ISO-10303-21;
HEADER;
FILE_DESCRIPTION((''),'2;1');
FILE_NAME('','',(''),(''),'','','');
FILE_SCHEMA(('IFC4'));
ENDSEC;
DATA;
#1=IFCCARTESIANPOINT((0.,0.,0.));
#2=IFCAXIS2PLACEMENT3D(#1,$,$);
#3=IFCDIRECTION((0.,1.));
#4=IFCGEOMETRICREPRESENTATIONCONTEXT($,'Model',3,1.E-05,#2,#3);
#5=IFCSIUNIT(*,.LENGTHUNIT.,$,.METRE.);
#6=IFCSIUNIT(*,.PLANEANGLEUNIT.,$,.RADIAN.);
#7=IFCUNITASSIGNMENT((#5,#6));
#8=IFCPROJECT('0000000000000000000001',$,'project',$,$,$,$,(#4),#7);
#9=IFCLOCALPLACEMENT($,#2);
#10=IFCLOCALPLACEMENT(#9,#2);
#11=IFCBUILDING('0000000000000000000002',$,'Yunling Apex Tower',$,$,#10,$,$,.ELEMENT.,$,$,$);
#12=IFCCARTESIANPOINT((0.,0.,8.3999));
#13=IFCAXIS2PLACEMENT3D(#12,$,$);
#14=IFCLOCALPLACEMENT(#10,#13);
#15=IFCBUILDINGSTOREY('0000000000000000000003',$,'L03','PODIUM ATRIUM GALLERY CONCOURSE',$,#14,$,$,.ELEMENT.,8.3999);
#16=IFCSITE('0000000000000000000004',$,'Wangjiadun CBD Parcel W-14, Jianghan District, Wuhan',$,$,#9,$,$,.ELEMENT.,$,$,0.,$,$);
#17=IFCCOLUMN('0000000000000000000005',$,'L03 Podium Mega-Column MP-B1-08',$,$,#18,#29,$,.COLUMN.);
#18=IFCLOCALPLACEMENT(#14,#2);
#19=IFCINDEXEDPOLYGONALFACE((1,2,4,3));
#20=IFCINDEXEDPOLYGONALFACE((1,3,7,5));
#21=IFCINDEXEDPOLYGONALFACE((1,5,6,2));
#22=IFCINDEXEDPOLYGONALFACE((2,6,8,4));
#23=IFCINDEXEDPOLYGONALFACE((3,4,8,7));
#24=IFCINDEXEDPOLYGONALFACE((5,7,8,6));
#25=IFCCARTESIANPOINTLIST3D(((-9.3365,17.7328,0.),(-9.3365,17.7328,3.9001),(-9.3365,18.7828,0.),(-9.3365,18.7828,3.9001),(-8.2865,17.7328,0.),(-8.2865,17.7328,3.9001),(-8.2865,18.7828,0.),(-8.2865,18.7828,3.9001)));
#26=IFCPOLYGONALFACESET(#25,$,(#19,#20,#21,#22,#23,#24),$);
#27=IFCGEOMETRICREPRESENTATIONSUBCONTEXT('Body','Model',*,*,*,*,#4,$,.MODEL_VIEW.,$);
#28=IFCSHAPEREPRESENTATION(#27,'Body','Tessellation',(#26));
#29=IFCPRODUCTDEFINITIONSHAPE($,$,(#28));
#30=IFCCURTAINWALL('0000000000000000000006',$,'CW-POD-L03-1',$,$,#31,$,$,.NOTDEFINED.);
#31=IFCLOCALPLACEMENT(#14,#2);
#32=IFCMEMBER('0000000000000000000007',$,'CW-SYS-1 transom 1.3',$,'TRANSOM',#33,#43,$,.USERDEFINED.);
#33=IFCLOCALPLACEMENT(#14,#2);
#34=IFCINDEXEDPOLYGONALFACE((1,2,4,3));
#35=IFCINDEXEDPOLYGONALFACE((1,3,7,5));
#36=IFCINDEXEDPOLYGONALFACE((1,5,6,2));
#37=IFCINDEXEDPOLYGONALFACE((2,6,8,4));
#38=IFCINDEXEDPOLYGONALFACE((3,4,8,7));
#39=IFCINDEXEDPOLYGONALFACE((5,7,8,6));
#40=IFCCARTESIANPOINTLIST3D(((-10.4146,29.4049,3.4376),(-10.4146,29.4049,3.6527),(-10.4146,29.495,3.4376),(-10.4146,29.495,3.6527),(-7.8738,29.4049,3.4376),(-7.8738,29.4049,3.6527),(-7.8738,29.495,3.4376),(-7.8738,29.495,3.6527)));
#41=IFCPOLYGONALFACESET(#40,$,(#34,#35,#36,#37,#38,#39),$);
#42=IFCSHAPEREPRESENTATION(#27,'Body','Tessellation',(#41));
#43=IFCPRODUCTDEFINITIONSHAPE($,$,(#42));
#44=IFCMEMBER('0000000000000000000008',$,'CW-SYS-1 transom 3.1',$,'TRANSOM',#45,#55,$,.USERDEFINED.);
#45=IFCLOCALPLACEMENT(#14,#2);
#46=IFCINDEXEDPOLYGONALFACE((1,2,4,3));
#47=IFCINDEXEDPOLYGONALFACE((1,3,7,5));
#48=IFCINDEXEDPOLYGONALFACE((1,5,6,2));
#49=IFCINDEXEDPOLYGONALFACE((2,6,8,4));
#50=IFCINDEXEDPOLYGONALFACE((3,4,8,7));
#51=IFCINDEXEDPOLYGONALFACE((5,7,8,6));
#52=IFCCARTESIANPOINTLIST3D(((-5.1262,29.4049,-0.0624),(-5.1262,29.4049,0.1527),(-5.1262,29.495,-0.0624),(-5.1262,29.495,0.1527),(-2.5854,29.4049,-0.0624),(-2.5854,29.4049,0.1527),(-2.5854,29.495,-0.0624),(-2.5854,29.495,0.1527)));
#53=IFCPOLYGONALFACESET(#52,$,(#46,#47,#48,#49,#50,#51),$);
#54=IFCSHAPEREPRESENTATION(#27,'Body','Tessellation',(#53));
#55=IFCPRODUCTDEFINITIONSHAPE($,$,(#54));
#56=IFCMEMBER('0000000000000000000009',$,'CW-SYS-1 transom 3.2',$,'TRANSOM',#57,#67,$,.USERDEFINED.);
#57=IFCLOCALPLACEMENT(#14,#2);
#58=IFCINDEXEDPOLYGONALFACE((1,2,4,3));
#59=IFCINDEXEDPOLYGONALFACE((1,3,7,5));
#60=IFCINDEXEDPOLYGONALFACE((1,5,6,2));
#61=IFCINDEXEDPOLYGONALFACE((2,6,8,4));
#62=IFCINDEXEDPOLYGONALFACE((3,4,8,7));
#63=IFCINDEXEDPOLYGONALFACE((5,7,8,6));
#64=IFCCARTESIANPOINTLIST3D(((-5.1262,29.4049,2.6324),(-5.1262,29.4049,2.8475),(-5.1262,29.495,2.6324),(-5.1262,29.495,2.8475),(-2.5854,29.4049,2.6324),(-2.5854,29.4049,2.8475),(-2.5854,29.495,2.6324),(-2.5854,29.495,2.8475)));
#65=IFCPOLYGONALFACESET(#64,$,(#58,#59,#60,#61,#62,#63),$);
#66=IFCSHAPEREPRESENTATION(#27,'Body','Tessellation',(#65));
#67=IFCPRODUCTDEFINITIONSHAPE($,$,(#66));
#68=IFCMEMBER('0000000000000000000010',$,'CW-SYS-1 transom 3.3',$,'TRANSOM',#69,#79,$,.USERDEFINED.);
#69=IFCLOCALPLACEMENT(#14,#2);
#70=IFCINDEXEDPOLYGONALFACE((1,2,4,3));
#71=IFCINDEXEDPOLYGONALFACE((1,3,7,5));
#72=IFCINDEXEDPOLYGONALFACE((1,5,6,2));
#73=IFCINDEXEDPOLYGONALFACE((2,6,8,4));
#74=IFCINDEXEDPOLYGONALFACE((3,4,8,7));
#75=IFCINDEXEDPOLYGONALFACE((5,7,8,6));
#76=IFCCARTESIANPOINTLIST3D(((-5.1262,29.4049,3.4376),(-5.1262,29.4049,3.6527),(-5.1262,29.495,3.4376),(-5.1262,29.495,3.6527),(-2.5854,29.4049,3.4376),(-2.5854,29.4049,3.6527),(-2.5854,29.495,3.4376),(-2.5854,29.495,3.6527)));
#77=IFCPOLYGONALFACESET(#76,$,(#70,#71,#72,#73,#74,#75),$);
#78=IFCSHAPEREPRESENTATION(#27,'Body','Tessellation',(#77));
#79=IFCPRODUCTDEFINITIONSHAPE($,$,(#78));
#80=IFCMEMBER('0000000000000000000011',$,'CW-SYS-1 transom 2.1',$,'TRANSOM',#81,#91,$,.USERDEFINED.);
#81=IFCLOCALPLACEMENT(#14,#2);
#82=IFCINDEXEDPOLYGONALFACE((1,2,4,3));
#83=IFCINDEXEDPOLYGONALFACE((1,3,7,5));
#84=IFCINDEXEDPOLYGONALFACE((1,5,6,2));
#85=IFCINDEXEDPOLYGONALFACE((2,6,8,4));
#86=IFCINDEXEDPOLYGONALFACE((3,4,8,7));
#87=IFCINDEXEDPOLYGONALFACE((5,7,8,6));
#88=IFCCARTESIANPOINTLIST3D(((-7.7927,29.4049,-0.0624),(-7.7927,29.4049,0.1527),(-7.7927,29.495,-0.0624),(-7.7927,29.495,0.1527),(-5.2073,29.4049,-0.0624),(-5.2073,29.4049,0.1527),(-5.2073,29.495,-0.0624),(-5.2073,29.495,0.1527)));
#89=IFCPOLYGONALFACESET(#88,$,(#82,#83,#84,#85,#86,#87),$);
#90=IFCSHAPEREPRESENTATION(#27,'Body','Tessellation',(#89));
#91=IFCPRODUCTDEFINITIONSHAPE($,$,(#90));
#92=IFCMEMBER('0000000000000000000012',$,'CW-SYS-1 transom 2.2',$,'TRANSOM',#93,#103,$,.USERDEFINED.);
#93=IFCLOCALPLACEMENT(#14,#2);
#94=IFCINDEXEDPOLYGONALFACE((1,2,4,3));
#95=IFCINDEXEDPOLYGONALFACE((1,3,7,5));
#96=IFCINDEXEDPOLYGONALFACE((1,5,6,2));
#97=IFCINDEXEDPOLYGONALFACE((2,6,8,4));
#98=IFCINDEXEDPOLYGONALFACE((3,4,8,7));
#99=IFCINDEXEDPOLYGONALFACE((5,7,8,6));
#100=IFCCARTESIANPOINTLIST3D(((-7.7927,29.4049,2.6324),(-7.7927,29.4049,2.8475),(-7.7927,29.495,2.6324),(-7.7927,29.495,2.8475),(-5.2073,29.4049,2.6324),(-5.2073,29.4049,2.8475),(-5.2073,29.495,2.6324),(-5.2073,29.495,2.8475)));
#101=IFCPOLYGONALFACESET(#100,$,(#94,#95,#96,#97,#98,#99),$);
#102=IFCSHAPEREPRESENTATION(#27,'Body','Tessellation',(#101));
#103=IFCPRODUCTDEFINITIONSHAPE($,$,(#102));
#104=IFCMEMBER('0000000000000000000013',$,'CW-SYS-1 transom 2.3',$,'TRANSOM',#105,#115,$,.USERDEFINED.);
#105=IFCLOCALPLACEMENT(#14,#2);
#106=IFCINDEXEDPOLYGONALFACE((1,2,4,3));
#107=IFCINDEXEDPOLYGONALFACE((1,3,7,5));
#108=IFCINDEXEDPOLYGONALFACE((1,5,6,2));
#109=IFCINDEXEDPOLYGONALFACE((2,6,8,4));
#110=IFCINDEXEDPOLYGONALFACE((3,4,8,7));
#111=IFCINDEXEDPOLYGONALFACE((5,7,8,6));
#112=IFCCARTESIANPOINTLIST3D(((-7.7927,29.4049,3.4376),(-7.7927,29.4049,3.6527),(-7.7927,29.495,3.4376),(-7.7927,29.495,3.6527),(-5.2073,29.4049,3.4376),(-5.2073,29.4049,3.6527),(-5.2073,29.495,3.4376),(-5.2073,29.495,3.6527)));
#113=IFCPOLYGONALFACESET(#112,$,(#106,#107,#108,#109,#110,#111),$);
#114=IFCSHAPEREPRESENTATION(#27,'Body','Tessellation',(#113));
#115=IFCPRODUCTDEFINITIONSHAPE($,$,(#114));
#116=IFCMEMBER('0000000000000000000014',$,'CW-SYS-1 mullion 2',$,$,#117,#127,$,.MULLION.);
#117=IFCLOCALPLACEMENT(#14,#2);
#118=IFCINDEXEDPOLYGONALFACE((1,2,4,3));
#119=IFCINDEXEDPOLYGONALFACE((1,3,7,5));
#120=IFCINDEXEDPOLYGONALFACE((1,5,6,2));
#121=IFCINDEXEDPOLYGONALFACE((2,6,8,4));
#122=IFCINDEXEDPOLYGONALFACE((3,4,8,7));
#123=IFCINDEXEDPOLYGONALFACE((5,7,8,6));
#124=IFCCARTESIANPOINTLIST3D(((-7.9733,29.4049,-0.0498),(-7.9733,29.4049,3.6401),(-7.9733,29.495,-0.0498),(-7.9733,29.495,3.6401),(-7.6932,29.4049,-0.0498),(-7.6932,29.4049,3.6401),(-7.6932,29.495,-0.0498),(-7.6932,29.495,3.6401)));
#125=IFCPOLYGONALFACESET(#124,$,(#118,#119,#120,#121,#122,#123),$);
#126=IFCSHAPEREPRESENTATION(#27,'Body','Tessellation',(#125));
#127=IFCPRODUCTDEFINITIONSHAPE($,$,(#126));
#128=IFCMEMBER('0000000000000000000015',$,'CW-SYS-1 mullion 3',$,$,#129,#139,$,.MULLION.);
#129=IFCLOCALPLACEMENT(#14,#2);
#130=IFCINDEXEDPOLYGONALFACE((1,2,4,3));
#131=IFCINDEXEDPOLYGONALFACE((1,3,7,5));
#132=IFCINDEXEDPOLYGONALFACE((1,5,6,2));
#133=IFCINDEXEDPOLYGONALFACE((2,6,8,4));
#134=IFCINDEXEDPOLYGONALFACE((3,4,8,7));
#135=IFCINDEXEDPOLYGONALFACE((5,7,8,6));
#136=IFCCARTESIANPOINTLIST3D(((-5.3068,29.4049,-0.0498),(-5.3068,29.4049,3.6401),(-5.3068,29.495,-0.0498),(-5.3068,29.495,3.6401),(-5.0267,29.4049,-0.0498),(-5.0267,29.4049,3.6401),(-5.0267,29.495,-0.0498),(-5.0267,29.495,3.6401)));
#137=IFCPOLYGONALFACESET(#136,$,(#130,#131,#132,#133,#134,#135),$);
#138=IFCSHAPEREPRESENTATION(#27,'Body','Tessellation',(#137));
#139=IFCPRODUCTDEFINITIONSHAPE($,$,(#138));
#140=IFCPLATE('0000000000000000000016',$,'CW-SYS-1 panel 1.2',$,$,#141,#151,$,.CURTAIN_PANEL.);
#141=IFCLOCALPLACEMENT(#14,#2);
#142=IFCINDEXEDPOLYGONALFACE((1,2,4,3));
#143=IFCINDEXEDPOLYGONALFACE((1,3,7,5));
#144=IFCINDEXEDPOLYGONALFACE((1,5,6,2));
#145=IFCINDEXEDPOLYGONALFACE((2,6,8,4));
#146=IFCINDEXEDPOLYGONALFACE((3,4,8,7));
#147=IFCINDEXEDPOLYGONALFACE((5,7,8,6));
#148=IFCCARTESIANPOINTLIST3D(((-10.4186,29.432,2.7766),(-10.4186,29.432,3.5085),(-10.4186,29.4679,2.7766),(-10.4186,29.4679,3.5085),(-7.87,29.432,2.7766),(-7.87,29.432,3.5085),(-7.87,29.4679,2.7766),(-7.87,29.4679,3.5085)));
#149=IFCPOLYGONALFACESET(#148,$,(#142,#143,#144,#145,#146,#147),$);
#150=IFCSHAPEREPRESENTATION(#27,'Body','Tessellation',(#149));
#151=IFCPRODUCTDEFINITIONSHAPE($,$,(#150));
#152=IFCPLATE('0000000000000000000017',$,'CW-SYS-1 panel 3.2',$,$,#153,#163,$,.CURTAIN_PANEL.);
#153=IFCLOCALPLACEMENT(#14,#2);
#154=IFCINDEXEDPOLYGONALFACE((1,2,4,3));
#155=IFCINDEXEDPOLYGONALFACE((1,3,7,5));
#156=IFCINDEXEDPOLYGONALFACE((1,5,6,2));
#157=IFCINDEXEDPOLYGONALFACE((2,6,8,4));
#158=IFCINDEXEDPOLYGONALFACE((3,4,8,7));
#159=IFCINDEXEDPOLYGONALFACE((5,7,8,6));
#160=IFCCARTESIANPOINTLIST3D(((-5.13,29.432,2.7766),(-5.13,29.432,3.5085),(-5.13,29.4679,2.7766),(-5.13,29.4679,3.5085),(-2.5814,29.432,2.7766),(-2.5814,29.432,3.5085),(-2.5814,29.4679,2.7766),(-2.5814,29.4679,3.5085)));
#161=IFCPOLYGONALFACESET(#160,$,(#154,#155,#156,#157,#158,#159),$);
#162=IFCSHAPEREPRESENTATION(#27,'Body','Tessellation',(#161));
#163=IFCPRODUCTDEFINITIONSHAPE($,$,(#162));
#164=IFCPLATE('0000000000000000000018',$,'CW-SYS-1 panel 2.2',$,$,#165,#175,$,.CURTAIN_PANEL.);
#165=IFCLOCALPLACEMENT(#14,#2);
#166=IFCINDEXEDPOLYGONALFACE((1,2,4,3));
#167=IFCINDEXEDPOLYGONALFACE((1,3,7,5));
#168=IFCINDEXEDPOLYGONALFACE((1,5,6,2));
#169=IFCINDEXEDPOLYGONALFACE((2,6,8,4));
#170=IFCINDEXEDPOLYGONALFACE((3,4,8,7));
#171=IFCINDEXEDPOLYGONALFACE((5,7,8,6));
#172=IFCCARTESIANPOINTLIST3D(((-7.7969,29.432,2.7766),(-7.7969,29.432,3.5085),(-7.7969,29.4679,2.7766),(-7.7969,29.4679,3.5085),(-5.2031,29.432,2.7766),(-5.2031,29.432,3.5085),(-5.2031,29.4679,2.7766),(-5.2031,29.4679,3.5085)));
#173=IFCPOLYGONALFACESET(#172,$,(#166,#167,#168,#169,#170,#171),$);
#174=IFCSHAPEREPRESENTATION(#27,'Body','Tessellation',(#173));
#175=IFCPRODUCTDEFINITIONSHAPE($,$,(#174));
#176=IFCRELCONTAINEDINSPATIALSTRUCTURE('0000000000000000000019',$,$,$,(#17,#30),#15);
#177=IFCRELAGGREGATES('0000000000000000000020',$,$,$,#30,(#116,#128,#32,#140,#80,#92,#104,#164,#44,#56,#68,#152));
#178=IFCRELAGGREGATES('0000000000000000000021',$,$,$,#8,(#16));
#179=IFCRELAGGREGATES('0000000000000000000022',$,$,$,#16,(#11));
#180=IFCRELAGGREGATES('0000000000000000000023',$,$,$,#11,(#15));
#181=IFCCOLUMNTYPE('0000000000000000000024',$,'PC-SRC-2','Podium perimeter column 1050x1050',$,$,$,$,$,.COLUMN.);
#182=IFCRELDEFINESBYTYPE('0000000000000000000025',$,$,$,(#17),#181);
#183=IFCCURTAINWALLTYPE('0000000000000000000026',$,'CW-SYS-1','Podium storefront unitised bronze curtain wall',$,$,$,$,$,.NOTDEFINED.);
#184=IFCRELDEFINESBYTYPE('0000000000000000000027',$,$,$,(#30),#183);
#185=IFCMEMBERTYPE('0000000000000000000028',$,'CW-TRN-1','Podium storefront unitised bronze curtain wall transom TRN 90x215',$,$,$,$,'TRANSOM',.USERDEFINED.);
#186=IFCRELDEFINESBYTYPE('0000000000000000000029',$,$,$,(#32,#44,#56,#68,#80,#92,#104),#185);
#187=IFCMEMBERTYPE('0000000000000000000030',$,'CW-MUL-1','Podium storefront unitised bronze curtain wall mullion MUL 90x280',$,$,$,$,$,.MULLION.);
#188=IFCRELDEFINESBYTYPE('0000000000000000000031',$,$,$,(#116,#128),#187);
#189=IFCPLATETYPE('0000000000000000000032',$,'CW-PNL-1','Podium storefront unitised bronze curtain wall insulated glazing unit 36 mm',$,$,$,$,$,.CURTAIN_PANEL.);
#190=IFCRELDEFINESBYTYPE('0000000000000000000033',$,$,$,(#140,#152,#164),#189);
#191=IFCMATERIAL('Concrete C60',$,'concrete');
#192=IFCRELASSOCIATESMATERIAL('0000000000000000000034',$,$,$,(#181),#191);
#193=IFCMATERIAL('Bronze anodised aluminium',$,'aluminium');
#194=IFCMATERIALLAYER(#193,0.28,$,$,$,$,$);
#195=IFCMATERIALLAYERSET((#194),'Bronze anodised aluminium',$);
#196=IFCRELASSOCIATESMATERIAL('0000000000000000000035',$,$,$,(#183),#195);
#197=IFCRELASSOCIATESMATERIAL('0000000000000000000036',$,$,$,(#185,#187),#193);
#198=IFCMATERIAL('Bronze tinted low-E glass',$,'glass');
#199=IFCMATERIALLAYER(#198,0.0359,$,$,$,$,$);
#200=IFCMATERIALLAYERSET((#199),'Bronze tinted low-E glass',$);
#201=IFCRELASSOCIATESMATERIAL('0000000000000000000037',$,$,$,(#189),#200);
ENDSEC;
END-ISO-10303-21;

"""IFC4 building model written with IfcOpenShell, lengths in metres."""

from ifc_helpers import new_model, si_unit, direction, frame, origin, origin_2d, place, context, subcontext, project, spatial, rectangle, extrude, source, transform, mapped, material, layer, layer_set, material_profile, profile_set, type_object, element, aggregate, save


model = new_model("IFC4")

# Units and contexts
model_context = context("Model", 3, precision=1e-05, world=origin(), true_north=direction((0.0, 1.0)))
body_context = subcontext(model_context, "Body", "Model", "MODEL_VIEW")
ifc_project = project(units=[si_unit("LENGTHUNIT", "METRE"), si_unit("PLANEANGLEUNIT", "RADIAN")], contexts=[model_context])

# Site, building, storey
site_placement = place(None, origin())
site = spatial("IfcSite", under=ifc_project, at=site_placement, Name="Wangjiadun CBD Parcel W-14, Jianghan District, Wuhan", CompositionType="ELEMENT", RefElevation=0.0)
building_placement = place(site_placement, origin())
building = spatial("IfcBuilding", under=site, at=building_placement, Name="Yunling Apex Tower", CompositionType="ELEMENT")
storey_placement = place(building_placement, frame((0.0, 0.0, 8.3999)))
storey = spatial("IfcBuildingStorey", under=building, at=storey_placement, Name="L03", Description="PODIUM ATRIUM GALLERY CONCOURSE", CompositionType="ELEMENT", Elevation=8.3999)

# Column
ifc_material_1 = material(Name="Concrete C60", Category="concrete")
ifc_material_profile_1 = material_profile(ifc_material_1, rectangle(XDim=1.05, YDim=1.05, at=origin_2d()))
ifc_profile_set_1 = profile_set([ifc_material_profile_1], Name="Concrete C60")
column_type = type_object("IfcColumnType", Name="PC-SRC-2", Description="Podium perimeter column 1050x1050", PredefinedType="COLUMN", material=ifc_profile_set_1)
shared_shape_1 = source(origin(), body_context, "Body", "SweptSolid", [
    extrude(rectangle(XDim=1.05, YDim=1.05, at=origin_2d()), origin(), (0.0, 0.0, 1.0), 3.9001),
])
column_placement = place(storey_placement, frame((-8.8115, 18.2578, 0.0), z_axis=(0.0, 0.0, 1.0), x_axis=(1.0, 0.0, 0.0)))
element("IfcColumn", 1, at=column_placement, inside=storey, type_object=column_type, Name="L03 Podium Mega-Column MP-B1-08", PredefinedType="COLUMN", context=body_context, shape_type="MappedRepresentation", body=[
    mapped(shared_shape_1, transform((0.0, 0.0, 0.0), scale=1.0)),
])

# Curtain wall, members, plates
ifc_material_2 = material(Name="Bronze anodised aluminium", Category="aluminium")
ifc_layer_1 = layer(ifc_material_2, 0.28)
ifc_layer_set_1 = layer_set([ifc_layer_1], Name="Bronze anodised aluminium")
curtain_wall_type = type_object("IfcCurtainWallType", Name="CW-SYS-1", Description="Podium storefront unitised bronze curtain wall", PredefinedType="NOTDEFINED", material=ifc_layer_set_1)
curtain_wall_placement = place(storey_placement, origin())
curtain_wall = element("IfcCurtainWall", 2, at=curtain_wall_placement, inside=storey, type_object=curtain_wall_type, Name="CW-POD-L03-1", PredefinedType="NOTDEFINED")
ifc_material_profile_2 = material_profile(ifc_material_2, rectangle(XDim=0.0901, YDim=0.2151, at=origin_2d()))
ifc_profile_set_2 = profile_set([ifc_material_profile_2], Name="Bronze anodised aluminium")
member_type_1 = type_object("IfcMemberType", Name="CW-TRN-1", Description="Podium storefront unitised bronze curtain wall transom TRN 90x215", ElementType="TRANSOM", PredefinedType="USERDEFINED", material=ifc_profile_set_2)
shared_shape_2 = source(origin(), body_context, "Body", "SweptSolid", [
    extrude(rectangle(XDim=0.0901, YDim=0.2151, at=origin_2d()), origin(), (0.0, 0.0, 1.0), 2.5408),
])
member_1_placement = place(storey_placement, frame((-10.4146, 29.45, 3.5452), z_axis=(1.0, 0.0, 0.0), x_axis=(0.0, 1.0, 0.0)))
member_1 = element("IfcMember", 3, at=member_1_placement, type_object=member_type_1, Name="CW-SYS-1 transom 1.3", ObjectType="TRANSOM", PredefinedType="USERDEFINED", context=body_context, shape_type="MappedRepresentation", body=[
    mapped(shared_shape_2, transform((0.0, 0.0, 0.0), scale=1.0)),
])
member_2_placement = place(storey_placement, frame((-5.1262, 29.45, 0.0452), z_axis=(1.0, 0.0, 0.0), x_axis=(0.0, 1.0, 0.0)))
member_2 = element("IfcMember", 4, at=member_2_placement, type_object=member_type_1, Name="CW-SYS-1 transom 3.1", ObjectType="TRANSOM", PredefinedType="USERDEFINED", context=body_context, shape_type="MappedRepresentation", body=[
    mapped(shared_shape_2, transform((0.0, 0.0, 0.0), scale=1.0)),
])
member_3_placement = place(storey_placement, frame((-5.1262, 29.45, 2.74), z_axis=(1.0, 0.0, 0.0), x_axis=(0.0, 1.0, 0.0)))
member_3 = element("IfcMember", 5, at=member_3_placement, type_object=member_type_1, Name="CW-SYS-1 transom 3.2", ObjectType="TRANSOM", PredefinedType="USERDEFINED", context=body_context, shape_type="MappedRepresentation", body=[
    mapped(shared_shape_2, transform((0.0, 0.0, 0.0), scale=1.0)),
])
member_4_placement = place(storey_placement, frame((-5.1262, 29.45, 3.5452), z_axis=(1.0, 0.0, 0.0), x_axis=(0.0, 1.0, 0.0)))
member_4 = element("IfcMember", 6, at=member_4_placement, type_object=member_type_1, Name="CW-SYS-1 transom 3.3", ObjectType="TRANSOM", PredefinedType="USERDEFINED", context=body_context, shape_type="MappedRepresentation", body=[
    mapped(shared_shape_2, transform((0.0, 0.0, 0.0), scale=1.0)),
])
shared_shape_3 = source(origin(), body_context, "Body", "SweptSolid", [
    extrude(rectangle(XDim=0.0901, YDim=0.2151, at=origin_2d()), origin(), (0.0, 0.0, 1.0), 2.5854),
])
member_5_placement = place(storey_placement, frame((-7.7927, 29.45, 0.0452), z_axis=(1.0, 0.0, 0.0), x_axis=(0.0, 1.0, 0.0)))
member_5 = element("IfcMember", 7, at=member_5_placement, type_object=member_type_1, Name="CW-SYS-1 transom 2.1", ObjectType="TRANSOM", PredefinedType="USERDEFINED", context=body_context, shape_type="MappedRepresentation", body=[
    mapped(shared_shape_3, transform((0.0, 0.0, 0.0), scale=1.0)),
])
member_6_placement = place(storey_placement, frame((-7.7927, 29.45, 2.74), z_axis=(1.0, 0.0, 0.0), x_axis=(0.0, 1.0, 0.0)))
member_6 = element("IfcMember", 8, at=member_6_placement, type_object=member_type_1, Name="CW-SYS-1 transom 2.2", ObjectType="TRANSOM", PredefinedType="USERDEFINED", context=body_context, shape_type="MappedRepresentation", body=[
    mapped(shared_shape_3, transform((0.0, 0.0, 0.0), scale=1.0)),
])
member_7_placement = place(storey_placement, frame((-7.7927, 29.45, 3.5452), z_axis=(1.0, 0.0, 0.0), x_axis=(0.0, 1.0, 0.0)))
member_7 = element("IfcMember", 9, at=member_7_placement, type_object=member_type_1, Name="CW-SYS-1 transom 2.3", ObjectType="TRANSOM", PredefinedType="USERDEFINED", context=body_context, shape_type="MappedRepresentation", body=[
    mapped(shared_shape_3, transform((0.0, 0.0, 0.0), scale=1.0)),
])
ifc_material_profile_3 = material_profile(ifc_material_2, rectangle(XDim=0.0901, YDim=0.28, at=origin_2d()))
ifc_profile_set_3 = profile_set([ifc_material_profile_3], Name="Bronze anodised aluminium")
member_type_2 = type_object("IfcMemberType", Name="CW-MUL-1", Description="Podium storefront unitised bronze curtain wall mullion MUL 90x280", PredefinedType="MULLION", material=ifc_profile_set_3)
shared_shape_4 = source(origin(), body_context, "Body", "SweptSolid", [
    extrude(rectangle(XDim=0.0901, YDim=0.28, at=origin_2d()), origin(), (0.0, 0.0, 1.0), 3.6899),
])
member_8_placement = place(storey_placement, frame((-7.8333, 29.45, -0.0498), z_axis=(0.0, 0.0, 1.0), x_axis=(0.0, 1.0, 0.0)))
member_8 = element("IfcMember", 10, at=member_8_placement, type_object=member_type_2, Name="CW-SYS-1 mullion 2", PredefinedType="MULLION", context=body_context, shape_type="MappedRepresentation", body=[
    mapped(shared_shape_4, transform((0.0, 0.0, 0.0), scale=1.0)),
])
member_9_placement = place(storey_placement, frame((-5.1667, 29.45, -0.0498), z_axis=(0.0, 0.0, 1.0), x_axis=(0.0, 1.0, 0.0)))
member_9 = element("IfcMember", 11, at=member_9_placement, type_object=member_type_2, Name="CW-SYS-1 mullion 3", PredefinedType="MULLION", context=body_context, shape_type="MappedRepresentation", body=[
    mapped(shared_shape_4, transform((0.0, 0.0, 0.0), scale=1.0)),
])
ifc_material_3 = material(Name="Bronze tinted low-E glass", Category="glass")
ifc_layer_2 = layer(ifc_material_3, 0.0359)
ifc_layer_set_2 = layer_set([ifc_layer_2], Name="Bronze tinted low-E glass")
plate_type = type_object("IfcPlateType", Name="CW-PNL-1", Description="Podium storefront unitised bronze curtain wall insulated glazing unit 36 mm", PredefinedType="CURTAIN_PANEL", material=ifc_layer_set_2)
shared_shape_5 = source(origin(), body_context, "Body", "SweptSolid", [
    extrude(rectangle(XDim=2.5486, YDim=0.0359, at=origin_2d()), origin(), (0.0, 0.0, 1.0), 0.7319),
])
plate_1_placement = place(storey_placement, frame((-9.1443, 29.45, 2.7766), z_axis=(0.0, 0.0, 1.0), x_axis=(1.0, 0.0, 0.0)))
plate_1 = element("IfcPlate", 12, at=plate_1_placement, type_object=plate_type, Name="CW-SYS-1 panel 1.2", PredefinedType="CURTAIN_PANEL", context=body_context, shape_type="MappedRepresentation", body=[
    mapped(shared_shape_5, transform((0.0, 0.0, 0.0), scale=1.0)),
])
plate_2_placement = place(storey_placement, frame((-3.8557, 29.45, 2.7766), z_axis=(0.0, 0.0, 1.0), x_axis=(1.0, 0.0, 0.0)))
plate_2 = element("IfcPlate", 13, at=plate_2_placement, type_object=plate_type, Name="CW-SYS-1 panel 3.2", PredefinedType="CURTAIN_PANEL", context=body_context, shape_type="MappedRepresentation", body=[
    mapped(shared_shape_5, transform((0.0, 0.0, 0.0), scale=1.0)),
])
shared_shape_6 = source(origin(), body_context, "Body", "SweptSolid", [
    extrude(rectangle(XDim=2.5938, YDim=0.0359, at=origin_2d()), origin(), (0.0, 0.0, 1.0), 0.7319),
])
plate_3_placement = place(storey_placement, frame((-6.5, 29.45, 2.7766), z_axis=(0.0, 0.0, 1.0), x_axis=(1.0, 0.0, 0.0)))
plate_3 = element("IfcPlate", 14, at=plate_3_placement, type_object=plate_type, Name="CW-SYS-1 panel 2.2", PredefinedType="CURTAIN_PANEL", context=body_context, shape_type="MappedRepresentation", body=[
    mapped(shared_shape_6, transform((0.0, 0.0, 0.0), scale=1.0)),
])
aggregate(curtain_wall, [member_8, member_9, member_1, plate_1, member_5, member_6, member_7, plate_3, member_2, member_3, member_4, plate_2])

save(model, "model.ifc")
